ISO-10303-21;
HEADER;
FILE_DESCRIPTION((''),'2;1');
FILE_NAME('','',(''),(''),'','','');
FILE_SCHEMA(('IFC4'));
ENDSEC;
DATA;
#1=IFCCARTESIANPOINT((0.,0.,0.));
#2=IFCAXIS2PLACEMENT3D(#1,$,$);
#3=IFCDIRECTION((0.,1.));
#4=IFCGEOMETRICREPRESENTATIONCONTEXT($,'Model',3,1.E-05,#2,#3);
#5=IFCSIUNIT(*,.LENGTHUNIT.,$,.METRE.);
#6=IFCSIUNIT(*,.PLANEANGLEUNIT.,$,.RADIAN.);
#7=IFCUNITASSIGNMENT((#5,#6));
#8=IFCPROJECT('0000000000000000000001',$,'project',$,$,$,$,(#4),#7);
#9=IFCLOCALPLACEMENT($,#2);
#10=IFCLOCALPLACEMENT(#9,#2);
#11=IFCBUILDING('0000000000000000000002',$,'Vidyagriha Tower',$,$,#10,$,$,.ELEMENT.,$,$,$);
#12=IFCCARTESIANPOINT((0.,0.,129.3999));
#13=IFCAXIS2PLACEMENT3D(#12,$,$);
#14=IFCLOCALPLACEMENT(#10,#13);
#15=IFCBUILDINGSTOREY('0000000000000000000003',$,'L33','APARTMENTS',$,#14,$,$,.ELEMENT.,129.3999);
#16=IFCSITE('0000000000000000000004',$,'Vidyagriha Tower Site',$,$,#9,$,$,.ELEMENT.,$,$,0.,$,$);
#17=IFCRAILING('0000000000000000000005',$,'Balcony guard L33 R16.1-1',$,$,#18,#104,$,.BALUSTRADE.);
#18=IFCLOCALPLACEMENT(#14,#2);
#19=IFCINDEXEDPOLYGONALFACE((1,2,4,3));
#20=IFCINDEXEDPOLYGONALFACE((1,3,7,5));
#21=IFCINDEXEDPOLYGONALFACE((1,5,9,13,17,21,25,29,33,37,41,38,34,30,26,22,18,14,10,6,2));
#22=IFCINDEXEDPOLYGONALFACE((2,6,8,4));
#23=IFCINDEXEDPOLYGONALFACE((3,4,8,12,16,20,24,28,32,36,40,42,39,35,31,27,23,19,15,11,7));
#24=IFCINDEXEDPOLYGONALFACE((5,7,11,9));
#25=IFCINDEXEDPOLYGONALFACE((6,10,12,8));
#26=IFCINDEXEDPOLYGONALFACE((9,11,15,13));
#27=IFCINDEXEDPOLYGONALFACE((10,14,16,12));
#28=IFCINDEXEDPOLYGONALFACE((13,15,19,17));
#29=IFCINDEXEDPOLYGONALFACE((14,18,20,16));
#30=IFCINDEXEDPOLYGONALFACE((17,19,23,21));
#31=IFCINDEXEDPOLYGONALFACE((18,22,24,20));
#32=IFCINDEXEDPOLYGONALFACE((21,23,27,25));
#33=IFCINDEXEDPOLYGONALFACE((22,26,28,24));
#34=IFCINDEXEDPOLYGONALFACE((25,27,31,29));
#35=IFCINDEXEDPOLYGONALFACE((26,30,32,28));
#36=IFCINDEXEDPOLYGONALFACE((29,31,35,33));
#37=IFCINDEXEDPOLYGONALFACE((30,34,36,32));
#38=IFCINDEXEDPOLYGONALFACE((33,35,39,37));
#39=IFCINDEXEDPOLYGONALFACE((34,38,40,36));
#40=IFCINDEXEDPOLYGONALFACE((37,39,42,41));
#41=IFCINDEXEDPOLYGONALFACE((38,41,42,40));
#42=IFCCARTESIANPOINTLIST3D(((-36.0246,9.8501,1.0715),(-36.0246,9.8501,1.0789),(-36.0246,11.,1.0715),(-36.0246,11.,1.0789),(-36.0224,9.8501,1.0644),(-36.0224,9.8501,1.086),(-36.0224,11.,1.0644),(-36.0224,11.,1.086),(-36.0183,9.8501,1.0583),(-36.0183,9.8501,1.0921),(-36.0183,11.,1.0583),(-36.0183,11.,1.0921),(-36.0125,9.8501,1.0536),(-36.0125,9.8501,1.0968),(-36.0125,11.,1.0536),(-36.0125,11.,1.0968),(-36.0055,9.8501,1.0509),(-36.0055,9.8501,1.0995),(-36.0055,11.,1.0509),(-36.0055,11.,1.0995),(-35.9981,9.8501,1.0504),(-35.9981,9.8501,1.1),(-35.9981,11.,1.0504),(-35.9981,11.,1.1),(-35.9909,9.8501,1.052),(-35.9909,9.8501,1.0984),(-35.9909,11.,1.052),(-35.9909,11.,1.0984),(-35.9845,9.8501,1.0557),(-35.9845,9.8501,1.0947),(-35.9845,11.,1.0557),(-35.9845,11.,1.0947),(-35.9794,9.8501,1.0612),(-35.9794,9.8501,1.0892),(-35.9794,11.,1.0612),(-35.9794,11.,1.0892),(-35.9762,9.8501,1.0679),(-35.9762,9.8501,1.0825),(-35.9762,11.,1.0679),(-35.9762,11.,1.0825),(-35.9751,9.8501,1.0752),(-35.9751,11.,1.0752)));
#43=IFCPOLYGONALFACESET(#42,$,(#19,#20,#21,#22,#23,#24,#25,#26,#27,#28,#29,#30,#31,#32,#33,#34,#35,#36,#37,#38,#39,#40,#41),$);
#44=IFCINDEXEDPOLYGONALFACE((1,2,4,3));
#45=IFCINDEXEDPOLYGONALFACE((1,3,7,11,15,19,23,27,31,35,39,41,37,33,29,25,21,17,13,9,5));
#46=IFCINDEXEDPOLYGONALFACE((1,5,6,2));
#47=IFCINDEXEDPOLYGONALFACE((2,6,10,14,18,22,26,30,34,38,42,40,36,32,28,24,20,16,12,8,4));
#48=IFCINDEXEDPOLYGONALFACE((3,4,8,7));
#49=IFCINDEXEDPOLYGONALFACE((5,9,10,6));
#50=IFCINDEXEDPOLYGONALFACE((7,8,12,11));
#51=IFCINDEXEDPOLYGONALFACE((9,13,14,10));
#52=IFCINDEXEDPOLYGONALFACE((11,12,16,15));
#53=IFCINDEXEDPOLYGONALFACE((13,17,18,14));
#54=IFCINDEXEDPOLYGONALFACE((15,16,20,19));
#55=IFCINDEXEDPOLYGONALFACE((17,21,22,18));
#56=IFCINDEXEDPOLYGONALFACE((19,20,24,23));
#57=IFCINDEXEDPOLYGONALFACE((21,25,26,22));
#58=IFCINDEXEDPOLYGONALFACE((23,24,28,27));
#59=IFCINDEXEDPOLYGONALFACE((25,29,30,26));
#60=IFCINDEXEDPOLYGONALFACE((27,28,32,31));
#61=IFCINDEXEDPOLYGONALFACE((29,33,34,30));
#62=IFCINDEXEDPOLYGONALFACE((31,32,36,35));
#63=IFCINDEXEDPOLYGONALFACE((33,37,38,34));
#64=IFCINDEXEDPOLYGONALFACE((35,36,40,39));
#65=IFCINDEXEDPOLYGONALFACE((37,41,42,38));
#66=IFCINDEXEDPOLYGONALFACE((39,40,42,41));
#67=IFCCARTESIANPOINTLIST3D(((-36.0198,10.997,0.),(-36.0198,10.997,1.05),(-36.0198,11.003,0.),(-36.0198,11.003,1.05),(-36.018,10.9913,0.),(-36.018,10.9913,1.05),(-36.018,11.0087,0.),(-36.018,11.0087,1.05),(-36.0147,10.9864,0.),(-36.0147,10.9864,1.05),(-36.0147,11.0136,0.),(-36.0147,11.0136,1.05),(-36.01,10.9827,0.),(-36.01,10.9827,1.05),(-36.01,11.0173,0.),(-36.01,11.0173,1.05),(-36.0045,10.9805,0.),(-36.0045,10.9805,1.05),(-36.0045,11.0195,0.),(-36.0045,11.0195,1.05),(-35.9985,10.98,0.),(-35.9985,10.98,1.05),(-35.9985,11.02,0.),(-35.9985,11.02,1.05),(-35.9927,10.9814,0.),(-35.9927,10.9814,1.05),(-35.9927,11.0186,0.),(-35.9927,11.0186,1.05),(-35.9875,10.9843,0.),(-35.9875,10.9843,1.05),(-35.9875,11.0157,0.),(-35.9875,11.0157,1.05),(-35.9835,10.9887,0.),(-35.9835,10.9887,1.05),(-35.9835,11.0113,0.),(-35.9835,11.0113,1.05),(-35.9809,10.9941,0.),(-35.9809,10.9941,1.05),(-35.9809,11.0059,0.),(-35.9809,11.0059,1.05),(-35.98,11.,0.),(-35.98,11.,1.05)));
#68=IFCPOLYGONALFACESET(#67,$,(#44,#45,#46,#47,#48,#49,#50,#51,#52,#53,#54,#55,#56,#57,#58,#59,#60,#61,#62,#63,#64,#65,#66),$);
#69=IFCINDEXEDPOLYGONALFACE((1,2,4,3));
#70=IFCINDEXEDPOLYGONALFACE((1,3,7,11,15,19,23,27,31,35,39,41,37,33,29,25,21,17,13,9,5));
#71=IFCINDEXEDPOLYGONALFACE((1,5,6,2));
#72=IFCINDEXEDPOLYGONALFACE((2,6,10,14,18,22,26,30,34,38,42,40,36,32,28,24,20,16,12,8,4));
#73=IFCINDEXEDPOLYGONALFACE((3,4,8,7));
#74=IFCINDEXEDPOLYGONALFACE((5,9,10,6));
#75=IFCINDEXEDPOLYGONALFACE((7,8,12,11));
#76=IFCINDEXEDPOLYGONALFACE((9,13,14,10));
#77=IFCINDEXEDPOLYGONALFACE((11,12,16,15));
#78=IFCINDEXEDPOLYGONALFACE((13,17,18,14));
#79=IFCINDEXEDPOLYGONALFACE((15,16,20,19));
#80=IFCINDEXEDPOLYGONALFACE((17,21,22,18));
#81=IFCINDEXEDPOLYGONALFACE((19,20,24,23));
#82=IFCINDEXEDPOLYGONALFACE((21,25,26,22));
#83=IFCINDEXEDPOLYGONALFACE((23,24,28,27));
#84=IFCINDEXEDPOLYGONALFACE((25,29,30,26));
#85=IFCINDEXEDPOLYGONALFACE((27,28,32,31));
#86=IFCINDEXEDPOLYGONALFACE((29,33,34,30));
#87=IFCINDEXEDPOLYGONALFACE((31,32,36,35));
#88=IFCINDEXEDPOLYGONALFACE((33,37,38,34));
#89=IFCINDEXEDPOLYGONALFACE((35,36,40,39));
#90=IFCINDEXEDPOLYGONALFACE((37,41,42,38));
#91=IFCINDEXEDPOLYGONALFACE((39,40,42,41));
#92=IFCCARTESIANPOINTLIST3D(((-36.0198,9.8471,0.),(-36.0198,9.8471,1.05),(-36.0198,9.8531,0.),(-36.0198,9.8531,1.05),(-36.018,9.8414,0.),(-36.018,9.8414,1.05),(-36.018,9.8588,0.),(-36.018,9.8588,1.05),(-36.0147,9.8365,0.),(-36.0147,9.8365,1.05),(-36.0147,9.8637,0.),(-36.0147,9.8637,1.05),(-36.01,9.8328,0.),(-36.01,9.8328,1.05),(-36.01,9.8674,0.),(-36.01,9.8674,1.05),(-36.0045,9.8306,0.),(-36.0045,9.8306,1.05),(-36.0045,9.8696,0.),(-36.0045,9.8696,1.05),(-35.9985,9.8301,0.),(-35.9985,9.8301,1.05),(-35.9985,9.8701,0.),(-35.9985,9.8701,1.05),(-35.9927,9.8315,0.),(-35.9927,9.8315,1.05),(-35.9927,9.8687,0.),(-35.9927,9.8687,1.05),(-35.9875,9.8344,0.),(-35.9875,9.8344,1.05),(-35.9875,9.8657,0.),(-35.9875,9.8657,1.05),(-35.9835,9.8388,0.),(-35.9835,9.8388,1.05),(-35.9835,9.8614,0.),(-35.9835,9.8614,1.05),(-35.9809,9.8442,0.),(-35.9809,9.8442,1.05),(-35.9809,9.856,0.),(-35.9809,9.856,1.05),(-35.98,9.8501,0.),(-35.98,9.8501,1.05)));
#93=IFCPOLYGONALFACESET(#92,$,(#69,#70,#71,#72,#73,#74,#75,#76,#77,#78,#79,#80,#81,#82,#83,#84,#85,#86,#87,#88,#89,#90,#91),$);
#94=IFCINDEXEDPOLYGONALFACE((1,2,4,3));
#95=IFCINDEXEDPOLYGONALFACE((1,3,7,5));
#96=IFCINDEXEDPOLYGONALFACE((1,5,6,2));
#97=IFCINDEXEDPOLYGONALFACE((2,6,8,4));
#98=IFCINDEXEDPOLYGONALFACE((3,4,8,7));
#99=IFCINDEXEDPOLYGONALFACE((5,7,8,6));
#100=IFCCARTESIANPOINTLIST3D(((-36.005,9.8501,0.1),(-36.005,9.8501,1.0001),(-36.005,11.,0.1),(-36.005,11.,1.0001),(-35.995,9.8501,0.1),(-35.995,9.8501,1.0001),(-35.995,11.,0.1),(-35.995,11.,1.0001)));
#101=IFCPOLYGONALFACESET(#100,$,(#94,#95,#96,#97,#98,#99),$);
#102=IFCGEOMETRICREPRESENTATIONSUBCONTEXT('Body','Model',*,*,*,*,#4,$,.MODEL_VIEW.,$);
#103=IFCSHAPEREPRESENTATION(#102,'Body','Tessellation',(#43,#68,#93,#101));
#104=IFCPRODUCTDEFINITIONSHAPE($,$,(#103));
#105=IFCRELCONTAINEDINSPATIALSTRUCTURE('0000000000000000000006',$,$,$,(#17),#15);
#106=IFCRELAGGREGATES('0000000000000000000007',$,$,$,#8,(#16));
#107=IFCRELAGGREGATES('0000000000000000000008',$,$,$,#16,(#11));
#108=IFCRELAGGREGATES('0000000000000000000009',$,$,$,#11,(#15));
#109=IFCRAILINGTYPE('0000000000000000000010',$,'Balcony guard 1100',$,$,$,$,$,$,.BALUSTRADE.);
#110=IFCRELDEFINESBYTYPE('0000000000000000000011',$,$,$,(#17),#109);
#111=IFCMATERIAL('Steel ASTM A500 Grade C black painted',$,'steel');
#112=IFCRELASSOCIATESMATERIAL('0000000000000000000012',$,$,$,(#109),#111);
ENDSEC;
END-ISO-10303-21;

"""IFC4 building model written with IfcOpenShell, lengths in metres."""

from ifc_helpers import new_model, si_unit, direction, frame, origin, origin_2d, place, context, subcontext, project, spatial, rectangle, circle, extrude, material, type_object, element, save


model = new_model("IFC4")

# Units and contexts
model_context = context("Model", 3, precision=1e-05, world=origin(), true_north=direction((0.0, 1.0)))
body_context = subcontext(model_context, "Body", "Model", "MODEL_VIEW")
ifc_project = project(units=[si_unit("LENGTHUNIT", "METRE"), si_unit("PLANEANGLEUNIT", "RADIAN")], contexts=[model_context])

# Site, building, storey
site_placement = place(None, origin())
site = spatial("IfcSite", under=ifc_project, at=site_placement, Name="Vidyagriha Tower Site", CompositionType="ELEMENT", RefElevation=0.0)
building_placement = place(site_placement, origin())
building = spatial("IfcBuilding", under=site, at=building_placement, Name="Vidyagriha Tower", CompositionType="ELEMENT")
storey_placement = place(building_placement, frame((0.0, 0.0, 129.3999)))
storey = spatial("IfcBuildingStorey", under=building, at=storey_placement, Name="L33", Description="APARTMENTS", CompositionType="ELEMENT", Elevation=129.3999)

# Railing
ifc_material_1 = material(Name="Steel ASTM A500 Grade C black painted", Category="steel")
railing_type = type_object("IfcRailingType", Name="Balcony guard 1100", PredefinedType="BALUSTRADE", material=ifc_material_1)
railing_1_placement = place(storey_placement, frame((-36.0, 11.0, 0.0)))
element("IfcRailing", 1, at=railing_1_placement, inside=storey, type_object=railing_type, Name="Balcony guard L33 R16.1-1", PredefinedType="BALUSTRADE", context=body_context, shape_type="SweptSolid", body=[
    extrude(circle(Radius=0.0249, at=origin_2d()), frame((0.0, 0.0, 1.0752), z_axis=(0.0, -1.0, 0.0), x_axis=(1.0, 0.0, 0.0)), (0.0, 0.0, 1.0), 1.1499),
    extrude(circle(Radius=0.02, at=origin_2d()), origin(), (0.0, 0.0, 1.0), 1.05),
    extrude(circle(Radius=0.02, at=origin_2d()), frame((0.0, -1.1499, 0.0)), (0.0, 0.0, 1.0), 1.05),
    extrude(rectangle(XDim=0.01, YDim=0.9001, at=origin_2d()), frame((0.0, 0.0, 0.55), z_axis=(0.0, -1.0, 0.0), x_axis=(1.0, 0.0, 0.0)), (0.0, 0.0, 1.0), 1.1499),
])

save(model, "model.ifc")
